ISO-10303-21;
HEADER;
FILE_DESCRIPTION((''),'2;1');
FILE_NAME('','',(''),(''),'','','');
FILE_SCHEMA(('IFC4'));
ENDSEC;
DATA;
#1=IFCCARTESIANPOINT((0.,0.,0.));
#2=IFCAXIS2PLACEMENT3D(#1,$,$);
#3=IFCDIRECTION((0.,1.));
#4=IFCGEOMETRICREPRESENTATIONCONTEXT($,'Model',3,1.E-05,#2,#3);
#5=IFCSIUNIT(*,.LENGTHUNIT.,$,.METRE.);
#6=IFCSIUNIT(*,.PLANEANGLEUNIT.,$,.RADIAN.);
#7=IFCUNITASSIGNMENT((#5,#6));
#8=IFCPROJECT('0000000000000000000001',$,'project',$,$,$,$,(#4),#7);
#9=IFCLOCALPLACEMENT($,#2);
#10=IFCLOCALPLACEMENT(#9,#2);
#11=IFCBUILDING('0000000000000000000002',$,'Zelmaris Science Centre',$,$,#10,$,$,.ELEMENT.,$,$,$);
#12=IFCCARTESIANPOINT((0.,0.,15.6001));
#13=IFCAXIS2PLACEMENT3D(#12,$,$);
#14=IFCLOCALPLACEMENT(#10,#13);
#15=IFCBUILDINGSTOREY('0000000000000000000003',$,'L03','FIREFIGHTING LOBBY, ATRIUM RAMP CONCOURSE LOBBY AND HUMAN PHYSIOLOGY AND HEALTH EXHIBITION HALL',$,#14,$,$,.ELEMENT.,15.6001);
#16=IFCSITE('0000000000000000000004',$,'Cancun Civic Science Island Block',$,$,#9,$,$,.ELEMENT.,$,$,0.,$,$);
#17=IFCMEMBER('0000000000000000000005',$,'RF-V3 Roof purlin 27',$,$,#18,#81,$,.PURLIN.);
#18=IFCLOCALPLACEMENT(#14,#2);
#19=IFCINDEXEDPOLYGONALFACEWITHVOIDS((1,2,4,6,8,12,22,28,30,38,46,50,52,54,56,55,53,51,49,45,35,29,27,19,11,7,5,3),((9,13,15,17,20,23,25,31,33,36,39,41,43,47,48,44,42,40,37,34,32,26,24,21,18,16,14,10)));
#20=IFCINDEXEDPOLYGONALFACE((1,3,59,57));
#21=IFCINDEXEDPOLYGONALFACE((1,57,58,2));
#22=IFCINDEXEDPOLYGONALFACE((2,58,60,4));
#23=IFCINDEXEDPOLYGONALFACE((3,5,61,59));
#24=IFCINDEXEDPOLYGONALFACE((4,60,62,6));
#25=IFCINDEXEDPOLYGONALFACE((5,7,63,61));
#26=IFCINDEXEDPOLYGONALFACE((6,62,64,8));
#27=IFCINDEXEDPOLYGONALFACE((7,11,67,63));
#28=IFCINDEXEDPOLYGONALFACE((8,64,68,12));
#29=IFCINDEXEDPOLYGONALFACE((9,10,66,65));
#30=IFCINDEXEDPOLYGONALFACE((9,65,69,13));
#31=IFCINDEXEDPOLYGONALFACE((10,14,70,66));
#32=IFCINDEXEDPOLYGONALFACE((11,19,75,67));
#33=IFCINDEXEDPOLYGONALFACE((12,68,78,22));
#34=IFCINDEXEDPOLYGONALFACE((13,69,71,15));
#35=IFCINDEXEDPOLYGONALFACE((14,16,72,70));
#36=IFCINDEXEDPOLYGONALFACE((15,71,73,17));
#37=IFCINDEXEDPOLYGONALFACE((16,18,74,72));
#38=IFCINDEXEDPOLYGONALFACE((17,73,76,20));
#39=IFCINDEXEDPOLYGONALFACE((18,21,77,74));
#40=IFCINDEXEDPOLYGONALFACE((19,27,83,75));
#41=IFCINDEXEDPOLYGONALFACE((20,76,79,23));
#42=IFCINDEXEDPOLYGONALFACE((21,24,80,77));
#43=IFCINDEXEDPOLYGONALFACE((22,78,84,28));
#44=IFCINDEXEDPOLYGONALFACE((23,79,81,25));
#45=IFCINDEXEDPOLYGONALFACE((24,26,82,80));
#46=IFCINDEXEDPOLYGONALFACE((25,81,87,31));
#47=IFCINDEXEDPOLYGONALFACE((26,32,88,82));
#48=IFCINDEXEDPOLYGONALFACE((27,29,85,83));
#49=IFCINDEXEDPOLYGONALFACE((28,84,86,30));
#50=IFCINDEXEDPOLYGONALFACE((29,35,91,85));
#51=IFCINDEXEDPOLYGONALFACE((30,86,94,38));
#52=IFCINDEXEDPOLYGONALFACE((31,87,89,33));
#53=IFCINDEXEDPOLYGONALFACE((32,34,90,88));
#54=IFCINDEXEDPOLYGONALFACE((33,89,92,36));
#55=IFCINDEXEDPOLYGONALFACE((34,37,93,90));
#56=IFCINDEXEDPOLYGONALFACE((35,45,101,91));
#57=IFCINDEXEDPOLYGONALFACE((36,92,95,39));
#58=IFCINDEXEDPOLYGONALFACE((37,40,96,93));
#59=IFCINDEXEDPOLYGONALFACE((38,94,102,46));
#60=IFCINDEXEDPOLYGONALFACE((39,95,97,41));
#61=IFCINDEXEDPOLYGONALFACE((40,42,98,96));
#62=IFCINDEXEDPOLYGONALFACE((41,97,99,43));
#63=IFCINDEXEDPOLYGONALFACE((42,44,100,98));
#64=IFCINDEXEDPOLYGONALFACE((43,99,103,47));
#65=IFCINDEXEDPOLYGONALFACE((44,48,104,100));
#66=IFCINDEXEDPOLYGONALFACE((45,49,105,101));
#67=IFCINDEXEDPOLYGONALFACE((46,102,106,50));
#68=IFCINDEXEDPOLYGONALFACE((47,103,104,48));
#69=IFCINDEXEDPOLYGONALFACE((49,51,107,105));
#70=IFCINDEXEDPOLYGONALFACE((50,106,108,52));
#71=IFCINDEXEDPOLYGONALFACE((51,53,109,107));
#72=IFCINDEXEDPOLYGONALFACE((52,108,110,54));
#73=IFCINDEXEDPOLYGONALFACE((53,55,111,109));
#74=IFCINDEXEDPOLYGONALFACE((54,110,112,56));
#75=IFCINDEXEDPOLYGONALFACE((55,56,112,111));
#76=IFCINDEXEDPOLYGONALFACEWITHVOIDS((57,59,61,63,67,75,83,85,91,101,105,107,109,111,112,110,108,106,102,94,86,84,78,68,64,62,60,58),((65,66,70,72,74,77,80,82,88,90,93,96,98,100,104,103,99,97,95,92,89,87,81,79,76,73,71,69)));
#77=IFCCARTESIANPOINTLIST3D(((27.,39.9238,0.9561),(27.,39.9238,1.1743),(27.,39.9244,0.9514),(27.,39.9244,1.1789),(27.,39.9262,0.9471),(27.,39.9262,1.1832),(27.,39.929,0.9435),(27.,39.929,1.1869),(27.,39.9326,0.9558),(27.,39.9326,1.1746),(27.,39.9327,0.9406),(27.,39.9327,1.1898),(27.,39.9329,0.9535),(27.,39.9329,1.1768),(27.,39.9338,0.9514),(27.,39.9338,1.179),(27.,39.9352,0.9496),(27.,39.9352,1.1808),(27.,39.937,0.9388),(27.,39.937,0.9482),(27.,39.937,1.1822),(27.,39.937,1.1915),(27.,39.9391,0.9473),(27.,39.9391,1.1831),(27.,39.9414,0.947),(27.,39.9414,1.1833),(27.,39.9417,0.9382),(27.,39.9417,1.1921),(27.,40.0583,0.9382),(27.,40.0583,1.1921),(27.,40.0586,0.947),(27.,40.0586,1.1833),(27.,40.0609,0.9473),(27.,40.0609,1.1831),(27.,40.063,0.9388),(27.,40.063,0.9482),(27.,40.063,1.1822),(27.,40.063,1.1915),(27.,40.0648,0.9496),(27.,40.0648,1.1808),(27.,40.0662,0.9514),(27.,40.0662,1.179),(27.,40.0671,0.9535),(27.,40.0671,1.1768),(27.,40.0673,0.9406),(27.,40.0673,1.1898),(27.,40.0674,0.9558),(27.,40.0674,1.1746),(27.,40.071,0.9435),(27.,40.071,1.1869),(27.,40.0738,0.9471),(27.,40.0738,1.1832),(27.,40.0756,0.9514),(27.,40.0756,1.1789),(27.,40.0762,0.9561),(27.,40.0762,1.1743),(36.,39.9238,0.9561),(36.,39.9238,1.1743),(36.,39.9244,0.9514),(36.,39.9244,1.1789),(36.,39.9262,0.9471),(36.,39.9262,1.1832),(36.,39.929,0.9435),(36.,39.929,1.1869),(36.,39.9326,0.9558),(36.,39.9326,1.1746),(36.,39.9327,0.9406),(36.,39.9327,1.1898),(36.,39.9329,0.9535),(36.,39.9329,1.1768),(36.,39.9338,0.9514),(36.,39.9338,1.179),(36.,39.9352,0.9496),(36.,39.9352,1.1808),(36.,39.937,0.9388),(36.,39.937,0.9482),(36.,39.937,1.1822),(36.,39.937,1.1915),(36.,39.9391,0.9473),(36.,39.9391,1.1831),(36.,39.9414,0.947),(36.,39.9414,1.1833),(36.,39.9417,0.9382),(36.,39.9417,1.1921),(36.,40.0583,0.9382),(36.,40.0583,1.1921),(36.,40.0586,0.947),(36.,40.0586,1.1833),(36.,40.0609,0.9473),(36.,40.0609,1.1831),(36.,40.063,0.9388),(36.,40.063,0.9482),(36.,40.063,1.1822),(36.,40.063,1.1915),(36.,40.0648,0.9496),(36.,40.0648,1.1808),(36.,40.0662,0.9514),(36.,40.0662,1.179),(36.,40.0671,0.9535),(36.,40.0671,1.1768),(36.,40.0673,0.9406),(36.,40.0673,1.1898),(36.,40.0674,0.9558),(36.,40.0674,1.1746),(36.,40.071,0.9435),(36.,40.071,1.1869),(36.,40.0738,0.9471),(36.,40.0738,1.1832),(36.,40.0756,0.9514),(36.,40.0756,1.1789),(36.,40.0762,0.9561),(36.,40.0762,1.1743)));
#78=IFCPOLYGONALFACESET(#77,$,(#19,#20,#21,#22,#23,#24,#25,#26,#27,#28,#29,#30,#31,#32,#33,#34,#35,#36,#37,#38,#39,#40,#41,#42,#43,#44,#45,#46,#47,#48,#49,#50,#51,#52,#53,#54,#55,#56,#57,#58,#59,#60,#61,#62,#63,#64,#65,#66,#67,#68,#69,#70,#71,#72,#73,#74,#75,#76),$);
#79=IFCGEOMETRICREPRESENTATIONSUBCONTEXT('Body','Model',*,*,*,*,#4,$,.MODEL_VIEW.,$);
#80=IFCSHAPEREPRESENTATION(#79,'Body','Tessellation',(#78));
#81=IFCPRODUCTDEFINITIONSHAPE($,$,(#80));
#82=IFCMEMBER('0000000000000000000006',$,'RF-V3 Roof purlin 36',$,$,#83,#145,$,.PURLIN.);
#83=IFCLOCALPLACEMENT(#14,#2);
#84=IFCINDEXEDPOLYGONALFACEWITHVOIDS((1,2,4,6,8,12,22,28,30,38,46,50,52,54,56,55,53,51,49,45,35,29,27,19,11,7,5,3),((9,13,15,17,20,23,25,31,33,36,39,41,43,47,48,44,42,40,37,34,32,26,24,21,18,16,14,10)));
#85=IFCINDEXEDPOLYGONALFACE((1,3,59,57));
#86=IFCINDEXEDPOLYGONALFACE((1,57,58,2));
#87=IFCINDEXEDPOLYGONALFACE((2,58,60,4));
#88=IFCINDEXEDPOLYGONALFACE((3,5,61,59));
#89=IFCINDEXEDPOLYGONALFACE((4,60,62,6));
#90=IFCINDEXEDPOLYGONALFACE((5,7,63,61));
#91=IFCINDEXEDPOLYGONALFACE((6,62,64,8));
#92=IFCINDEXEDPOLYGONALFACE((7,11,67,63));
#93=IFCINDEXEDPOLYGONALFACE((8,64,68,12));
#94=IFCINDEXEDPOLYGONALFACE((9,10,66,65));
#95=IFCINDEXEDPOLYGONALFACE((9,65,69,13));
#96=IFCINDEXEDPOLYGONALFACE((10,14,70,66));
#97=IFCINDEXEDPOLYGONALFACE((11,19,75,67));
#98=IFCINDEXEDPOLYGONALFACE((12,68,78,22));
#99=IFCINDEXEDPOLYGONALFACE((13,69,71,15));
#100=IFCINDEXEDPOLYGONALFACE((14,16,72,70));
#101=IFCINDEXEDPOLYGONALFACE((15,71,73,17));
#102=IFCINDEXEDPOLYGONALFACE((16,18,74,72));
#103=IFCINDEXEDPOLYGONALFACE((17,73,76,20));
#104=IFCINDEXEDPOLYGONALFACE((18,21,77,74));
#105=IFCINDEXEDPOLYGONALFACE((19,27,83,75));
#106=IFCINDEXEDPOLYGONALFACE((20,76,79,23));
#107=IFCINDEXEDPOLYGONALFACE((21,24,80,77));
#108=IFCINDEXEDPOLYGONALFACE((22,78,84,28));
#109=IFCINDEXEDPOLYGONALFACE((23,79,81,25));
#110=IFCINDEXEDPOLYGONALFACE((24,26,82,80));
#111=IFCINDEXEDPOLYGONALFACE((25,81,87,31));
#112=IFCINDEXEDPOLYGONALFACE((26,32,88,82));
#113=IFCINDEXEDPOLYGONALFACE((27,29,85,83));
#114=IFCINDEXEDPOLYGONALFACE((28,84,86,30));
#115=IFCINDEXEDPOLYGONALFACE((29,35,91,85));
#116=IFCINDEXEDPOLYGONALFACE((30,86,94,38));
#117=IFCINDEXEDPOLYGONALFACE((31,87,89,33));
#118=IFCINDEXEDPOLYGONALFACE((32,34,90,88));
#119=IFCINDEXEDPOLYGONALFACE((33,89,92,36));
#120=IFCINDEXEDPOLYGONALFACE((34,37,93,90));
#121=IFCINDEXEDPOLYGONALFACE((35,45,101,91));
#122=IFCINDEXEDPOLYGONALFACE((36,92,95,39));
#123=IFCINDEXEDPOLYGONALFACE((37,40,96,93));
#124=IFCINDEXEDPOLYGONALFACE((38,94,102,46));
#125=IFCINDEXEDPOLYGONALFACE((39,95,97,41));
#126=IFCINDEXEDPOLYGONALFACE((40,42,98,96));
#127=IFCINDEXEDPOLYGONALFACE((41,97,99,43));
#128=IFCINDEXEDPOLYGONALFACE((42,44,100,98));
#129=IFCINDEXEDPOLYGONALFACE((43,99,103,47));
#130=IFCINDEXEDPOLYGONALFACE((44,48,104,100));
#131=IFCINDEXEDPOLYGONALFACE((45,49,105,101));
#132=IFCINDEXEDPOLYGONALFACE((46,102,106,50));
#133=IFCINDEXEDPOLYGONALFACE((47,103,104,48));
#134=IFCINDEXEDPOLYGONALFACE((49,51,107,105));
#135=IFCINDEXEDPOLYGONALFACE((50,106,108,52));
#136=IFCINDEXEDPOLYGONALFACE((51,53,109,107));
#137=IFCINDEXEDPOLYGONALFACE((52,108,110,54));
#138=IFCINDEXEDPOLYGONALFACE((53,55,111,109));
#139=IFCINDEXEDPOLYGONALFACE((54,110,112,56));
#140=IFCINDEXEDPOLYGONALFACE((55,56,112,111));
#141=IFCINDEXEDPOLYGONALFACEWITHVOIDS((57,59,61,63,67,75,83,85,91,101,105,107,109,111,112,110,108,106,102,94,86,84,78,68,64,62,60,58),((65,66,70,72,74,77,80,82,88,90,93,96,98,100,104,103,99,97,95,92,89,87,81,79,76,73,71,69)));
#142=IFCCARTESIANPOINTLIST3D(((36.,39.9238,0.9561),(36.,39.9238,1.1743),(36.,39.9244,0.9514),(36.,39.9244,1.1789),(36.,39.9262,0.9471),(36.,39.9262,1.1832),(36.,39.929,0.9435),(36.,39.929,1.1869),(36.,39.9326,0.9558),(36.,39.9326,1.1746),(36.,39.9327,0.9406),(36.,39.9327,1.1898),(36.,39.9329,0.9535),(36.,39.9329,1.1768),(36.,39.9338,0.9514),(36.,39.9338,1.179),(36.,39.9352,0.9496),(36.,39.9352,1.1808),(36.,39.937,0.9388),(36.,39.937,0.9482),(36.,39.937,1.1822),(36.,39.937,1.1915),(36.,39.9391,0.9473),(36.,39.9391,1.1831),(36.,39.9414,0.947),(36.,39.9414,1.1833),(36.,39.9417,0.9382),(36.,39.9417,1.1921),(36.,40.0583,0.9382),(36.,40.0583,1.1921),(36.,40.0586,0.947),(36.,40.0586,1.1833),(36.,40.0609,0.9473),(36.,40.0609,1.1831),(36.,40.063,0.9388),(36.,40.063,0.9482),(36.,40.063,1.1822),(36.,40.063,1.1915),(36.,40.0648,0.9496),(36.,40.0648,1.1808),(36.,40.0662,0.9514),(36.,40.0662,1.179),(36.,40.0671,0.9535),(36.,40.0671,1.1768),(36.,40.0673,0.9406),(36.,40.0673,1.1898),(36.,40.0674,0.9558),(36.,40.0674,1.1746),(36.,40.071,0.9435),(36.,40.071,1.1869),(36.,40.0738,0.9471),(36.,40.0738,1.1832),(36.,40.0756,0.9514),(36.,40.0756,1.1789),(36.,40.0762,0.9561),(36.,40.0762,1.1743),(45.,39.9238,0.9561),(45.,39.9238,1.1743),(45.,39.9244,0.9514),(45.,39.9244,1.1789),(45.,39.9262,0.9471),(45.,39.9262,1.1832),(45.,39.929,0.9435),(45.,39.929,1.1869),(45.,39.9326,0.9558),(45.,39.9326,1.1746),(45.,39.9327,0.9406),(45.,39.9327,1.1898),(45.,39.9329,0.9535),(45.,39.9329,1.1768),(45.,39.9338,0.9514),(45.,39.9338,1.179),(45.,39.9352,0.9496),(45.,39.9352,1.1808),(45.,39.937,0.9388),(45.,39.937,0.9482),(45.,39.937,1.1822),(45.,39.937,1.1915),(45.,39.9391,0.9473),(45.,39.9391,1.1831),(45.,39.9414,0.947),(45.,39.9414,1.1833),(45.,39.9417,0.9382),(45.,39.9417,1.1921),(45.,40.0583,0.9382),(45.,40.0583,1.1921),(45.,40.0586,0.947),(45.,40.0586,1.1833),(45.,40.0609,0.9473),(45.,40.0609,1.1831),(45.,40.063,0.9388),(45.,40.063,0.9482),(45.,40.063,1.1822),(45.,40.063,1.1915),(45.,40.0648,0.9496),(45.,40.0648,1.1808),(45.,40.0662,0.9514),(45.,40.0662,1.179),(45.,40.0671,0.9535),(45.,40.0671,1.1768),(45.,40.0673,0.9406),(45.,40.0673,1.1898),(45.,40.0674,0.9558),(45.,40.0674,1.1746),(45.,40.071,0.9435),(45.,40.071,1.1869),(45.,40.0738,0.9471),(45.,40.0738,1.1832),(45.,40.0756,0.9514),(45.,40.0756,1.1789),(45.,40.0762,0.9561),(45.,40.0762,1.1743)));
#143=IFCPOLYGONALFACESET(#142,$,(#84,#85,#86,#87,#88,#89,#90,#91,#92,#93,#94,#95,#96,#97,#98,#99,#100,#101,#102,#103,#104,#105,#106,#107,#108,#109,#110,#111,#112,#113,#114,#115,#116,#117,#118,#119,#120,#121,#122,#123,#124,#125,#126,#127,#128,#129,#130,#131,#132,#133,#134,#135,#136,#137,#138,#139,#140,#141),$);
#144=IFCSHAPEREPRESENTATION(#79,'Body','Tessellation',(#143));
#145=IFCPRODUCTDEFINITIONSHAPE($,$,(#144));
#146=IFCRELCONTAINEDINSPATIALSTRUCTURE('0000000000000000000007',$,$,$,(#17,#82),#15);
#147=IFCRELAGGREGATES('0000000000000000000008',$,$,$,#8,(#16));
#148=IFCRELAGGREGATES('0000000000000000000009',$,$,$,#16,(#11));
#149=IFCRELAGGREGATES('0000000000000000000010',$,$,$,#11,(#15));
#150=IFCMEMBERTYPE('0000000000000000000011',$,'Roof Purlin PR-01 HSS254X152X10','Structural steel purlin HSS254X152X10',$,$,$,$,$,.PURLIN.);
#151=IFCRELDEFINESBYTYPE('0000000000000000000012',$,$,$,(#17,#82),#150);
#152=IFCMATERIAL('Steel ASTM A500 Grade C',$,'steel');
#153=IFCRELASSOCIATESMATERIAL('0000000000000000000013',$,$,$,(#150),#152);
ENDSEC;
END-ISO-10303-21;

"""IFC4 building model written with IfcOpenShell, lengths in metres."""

from ifc_helpers import new_model, si_unit, direction, frame, origin, origin_2d, place, context, subcontext, project, spatial, hollow_rectangle, extrude, material, material_profile, profile_set, type_object, element, save


model = new_model("IFC4")

# Units and contexts
model_context = context("Model", 3, precision=1e-05, world=origin(), true_north=direction((0.0, 1.0)))
body_context = subcontext(model_context, "Body", "Model", "MODEL_VIEW")
ifc_project = project(units=[si_unit("LENGTHUNIT", "METRE"), si_unit("PLANEANGLEUNIT", "RADIAN")], contexts=[model_context])

# Site, building, storey
site_placement = place(None, origin())
site = spatial("IfcSite", under=ifc_project, at=site_placement, Name="Cancun Civic Science Island Block", CompositionType="ELEMENT", RefElevation=0.0)
building_placement = place(site_placement, origin())
building = spatial("IfcBuilding", under=site, at=building_placement, Name="Zelmaris Science Centre", CompositionType="ELEMENT")
storey_placement = place(building_placement, frame((0.0, 0.0, 15.6001)))
storey = spatial("IfcBuildingStorey", under=building, at=storey_placement, Name="L03", Description="FIREFIGHTING LOBBY, ATRIUM RAMP CONCOURSE LOBBY AND HUMAN PHYSIOLOGY AND HEALTH EXHIBITION HALL", CompositionType="ELEMENT", Elevation=15.6001)

# Members
ifc_material_1 = material(Name="Steel ASTM A500 Grade C", Category="steel")
ifc_material_profile_1 = material_profile(ifc_material_1, hollow_rectangle(XDim=0.1523, YDim=0.2539, WallThickness=0.0088, InnerFilletRadius=0.0088, OuterFilletRadius=0.0178, at=origin_2d()), Name="HSS254X152X10")
ifc_profile_set_1 = profile_set([ifc_material_profile_1], Name="Steel ASTM A500 Grade C")
member_type_1 = type_object("IfcMemberType", Name="Roof Purlin PR-01 HSS254X152X10", Description="Structural steel purlin HSS254X152X10", PredefinedType="PURLIN", material=ifc_profile_set_1)
for number, where, z_axis, x_axis, name in (
    (1, (27.0, 40.0, 1.0652), (1.0, 0.0, 0.0), (0.0, 1.0, 0.0), "RF-V3 Roof purlin 27"),
    (2, (36.0, 40.0, 1.0652), (1.0, 0.0, 0.0), (0.0, 1.0, 0.0), "RF-V3 Roof purlin 36"),
):
    element("IfcMember", number, at=place(storey_placement, frame(where, z_axis=z_axis, x_axis=x_axis)), inside=storey, type_object=member_type_1, Name=name, PredefinedType="PURLIN", context=body_context, shape_type="SweptSolid", body=[
        extrude(hollow_rectangle(XDim=0.1523, YDim=0.2539, WallThickness=0.0088, InnerFilletRadius=0.0088, OuterFilletRadius=0.0178, at=origin_2d()), origin(), (0.0, 0.0, 1.0), 9.0),
    ])

save(model, "model.ifc")
